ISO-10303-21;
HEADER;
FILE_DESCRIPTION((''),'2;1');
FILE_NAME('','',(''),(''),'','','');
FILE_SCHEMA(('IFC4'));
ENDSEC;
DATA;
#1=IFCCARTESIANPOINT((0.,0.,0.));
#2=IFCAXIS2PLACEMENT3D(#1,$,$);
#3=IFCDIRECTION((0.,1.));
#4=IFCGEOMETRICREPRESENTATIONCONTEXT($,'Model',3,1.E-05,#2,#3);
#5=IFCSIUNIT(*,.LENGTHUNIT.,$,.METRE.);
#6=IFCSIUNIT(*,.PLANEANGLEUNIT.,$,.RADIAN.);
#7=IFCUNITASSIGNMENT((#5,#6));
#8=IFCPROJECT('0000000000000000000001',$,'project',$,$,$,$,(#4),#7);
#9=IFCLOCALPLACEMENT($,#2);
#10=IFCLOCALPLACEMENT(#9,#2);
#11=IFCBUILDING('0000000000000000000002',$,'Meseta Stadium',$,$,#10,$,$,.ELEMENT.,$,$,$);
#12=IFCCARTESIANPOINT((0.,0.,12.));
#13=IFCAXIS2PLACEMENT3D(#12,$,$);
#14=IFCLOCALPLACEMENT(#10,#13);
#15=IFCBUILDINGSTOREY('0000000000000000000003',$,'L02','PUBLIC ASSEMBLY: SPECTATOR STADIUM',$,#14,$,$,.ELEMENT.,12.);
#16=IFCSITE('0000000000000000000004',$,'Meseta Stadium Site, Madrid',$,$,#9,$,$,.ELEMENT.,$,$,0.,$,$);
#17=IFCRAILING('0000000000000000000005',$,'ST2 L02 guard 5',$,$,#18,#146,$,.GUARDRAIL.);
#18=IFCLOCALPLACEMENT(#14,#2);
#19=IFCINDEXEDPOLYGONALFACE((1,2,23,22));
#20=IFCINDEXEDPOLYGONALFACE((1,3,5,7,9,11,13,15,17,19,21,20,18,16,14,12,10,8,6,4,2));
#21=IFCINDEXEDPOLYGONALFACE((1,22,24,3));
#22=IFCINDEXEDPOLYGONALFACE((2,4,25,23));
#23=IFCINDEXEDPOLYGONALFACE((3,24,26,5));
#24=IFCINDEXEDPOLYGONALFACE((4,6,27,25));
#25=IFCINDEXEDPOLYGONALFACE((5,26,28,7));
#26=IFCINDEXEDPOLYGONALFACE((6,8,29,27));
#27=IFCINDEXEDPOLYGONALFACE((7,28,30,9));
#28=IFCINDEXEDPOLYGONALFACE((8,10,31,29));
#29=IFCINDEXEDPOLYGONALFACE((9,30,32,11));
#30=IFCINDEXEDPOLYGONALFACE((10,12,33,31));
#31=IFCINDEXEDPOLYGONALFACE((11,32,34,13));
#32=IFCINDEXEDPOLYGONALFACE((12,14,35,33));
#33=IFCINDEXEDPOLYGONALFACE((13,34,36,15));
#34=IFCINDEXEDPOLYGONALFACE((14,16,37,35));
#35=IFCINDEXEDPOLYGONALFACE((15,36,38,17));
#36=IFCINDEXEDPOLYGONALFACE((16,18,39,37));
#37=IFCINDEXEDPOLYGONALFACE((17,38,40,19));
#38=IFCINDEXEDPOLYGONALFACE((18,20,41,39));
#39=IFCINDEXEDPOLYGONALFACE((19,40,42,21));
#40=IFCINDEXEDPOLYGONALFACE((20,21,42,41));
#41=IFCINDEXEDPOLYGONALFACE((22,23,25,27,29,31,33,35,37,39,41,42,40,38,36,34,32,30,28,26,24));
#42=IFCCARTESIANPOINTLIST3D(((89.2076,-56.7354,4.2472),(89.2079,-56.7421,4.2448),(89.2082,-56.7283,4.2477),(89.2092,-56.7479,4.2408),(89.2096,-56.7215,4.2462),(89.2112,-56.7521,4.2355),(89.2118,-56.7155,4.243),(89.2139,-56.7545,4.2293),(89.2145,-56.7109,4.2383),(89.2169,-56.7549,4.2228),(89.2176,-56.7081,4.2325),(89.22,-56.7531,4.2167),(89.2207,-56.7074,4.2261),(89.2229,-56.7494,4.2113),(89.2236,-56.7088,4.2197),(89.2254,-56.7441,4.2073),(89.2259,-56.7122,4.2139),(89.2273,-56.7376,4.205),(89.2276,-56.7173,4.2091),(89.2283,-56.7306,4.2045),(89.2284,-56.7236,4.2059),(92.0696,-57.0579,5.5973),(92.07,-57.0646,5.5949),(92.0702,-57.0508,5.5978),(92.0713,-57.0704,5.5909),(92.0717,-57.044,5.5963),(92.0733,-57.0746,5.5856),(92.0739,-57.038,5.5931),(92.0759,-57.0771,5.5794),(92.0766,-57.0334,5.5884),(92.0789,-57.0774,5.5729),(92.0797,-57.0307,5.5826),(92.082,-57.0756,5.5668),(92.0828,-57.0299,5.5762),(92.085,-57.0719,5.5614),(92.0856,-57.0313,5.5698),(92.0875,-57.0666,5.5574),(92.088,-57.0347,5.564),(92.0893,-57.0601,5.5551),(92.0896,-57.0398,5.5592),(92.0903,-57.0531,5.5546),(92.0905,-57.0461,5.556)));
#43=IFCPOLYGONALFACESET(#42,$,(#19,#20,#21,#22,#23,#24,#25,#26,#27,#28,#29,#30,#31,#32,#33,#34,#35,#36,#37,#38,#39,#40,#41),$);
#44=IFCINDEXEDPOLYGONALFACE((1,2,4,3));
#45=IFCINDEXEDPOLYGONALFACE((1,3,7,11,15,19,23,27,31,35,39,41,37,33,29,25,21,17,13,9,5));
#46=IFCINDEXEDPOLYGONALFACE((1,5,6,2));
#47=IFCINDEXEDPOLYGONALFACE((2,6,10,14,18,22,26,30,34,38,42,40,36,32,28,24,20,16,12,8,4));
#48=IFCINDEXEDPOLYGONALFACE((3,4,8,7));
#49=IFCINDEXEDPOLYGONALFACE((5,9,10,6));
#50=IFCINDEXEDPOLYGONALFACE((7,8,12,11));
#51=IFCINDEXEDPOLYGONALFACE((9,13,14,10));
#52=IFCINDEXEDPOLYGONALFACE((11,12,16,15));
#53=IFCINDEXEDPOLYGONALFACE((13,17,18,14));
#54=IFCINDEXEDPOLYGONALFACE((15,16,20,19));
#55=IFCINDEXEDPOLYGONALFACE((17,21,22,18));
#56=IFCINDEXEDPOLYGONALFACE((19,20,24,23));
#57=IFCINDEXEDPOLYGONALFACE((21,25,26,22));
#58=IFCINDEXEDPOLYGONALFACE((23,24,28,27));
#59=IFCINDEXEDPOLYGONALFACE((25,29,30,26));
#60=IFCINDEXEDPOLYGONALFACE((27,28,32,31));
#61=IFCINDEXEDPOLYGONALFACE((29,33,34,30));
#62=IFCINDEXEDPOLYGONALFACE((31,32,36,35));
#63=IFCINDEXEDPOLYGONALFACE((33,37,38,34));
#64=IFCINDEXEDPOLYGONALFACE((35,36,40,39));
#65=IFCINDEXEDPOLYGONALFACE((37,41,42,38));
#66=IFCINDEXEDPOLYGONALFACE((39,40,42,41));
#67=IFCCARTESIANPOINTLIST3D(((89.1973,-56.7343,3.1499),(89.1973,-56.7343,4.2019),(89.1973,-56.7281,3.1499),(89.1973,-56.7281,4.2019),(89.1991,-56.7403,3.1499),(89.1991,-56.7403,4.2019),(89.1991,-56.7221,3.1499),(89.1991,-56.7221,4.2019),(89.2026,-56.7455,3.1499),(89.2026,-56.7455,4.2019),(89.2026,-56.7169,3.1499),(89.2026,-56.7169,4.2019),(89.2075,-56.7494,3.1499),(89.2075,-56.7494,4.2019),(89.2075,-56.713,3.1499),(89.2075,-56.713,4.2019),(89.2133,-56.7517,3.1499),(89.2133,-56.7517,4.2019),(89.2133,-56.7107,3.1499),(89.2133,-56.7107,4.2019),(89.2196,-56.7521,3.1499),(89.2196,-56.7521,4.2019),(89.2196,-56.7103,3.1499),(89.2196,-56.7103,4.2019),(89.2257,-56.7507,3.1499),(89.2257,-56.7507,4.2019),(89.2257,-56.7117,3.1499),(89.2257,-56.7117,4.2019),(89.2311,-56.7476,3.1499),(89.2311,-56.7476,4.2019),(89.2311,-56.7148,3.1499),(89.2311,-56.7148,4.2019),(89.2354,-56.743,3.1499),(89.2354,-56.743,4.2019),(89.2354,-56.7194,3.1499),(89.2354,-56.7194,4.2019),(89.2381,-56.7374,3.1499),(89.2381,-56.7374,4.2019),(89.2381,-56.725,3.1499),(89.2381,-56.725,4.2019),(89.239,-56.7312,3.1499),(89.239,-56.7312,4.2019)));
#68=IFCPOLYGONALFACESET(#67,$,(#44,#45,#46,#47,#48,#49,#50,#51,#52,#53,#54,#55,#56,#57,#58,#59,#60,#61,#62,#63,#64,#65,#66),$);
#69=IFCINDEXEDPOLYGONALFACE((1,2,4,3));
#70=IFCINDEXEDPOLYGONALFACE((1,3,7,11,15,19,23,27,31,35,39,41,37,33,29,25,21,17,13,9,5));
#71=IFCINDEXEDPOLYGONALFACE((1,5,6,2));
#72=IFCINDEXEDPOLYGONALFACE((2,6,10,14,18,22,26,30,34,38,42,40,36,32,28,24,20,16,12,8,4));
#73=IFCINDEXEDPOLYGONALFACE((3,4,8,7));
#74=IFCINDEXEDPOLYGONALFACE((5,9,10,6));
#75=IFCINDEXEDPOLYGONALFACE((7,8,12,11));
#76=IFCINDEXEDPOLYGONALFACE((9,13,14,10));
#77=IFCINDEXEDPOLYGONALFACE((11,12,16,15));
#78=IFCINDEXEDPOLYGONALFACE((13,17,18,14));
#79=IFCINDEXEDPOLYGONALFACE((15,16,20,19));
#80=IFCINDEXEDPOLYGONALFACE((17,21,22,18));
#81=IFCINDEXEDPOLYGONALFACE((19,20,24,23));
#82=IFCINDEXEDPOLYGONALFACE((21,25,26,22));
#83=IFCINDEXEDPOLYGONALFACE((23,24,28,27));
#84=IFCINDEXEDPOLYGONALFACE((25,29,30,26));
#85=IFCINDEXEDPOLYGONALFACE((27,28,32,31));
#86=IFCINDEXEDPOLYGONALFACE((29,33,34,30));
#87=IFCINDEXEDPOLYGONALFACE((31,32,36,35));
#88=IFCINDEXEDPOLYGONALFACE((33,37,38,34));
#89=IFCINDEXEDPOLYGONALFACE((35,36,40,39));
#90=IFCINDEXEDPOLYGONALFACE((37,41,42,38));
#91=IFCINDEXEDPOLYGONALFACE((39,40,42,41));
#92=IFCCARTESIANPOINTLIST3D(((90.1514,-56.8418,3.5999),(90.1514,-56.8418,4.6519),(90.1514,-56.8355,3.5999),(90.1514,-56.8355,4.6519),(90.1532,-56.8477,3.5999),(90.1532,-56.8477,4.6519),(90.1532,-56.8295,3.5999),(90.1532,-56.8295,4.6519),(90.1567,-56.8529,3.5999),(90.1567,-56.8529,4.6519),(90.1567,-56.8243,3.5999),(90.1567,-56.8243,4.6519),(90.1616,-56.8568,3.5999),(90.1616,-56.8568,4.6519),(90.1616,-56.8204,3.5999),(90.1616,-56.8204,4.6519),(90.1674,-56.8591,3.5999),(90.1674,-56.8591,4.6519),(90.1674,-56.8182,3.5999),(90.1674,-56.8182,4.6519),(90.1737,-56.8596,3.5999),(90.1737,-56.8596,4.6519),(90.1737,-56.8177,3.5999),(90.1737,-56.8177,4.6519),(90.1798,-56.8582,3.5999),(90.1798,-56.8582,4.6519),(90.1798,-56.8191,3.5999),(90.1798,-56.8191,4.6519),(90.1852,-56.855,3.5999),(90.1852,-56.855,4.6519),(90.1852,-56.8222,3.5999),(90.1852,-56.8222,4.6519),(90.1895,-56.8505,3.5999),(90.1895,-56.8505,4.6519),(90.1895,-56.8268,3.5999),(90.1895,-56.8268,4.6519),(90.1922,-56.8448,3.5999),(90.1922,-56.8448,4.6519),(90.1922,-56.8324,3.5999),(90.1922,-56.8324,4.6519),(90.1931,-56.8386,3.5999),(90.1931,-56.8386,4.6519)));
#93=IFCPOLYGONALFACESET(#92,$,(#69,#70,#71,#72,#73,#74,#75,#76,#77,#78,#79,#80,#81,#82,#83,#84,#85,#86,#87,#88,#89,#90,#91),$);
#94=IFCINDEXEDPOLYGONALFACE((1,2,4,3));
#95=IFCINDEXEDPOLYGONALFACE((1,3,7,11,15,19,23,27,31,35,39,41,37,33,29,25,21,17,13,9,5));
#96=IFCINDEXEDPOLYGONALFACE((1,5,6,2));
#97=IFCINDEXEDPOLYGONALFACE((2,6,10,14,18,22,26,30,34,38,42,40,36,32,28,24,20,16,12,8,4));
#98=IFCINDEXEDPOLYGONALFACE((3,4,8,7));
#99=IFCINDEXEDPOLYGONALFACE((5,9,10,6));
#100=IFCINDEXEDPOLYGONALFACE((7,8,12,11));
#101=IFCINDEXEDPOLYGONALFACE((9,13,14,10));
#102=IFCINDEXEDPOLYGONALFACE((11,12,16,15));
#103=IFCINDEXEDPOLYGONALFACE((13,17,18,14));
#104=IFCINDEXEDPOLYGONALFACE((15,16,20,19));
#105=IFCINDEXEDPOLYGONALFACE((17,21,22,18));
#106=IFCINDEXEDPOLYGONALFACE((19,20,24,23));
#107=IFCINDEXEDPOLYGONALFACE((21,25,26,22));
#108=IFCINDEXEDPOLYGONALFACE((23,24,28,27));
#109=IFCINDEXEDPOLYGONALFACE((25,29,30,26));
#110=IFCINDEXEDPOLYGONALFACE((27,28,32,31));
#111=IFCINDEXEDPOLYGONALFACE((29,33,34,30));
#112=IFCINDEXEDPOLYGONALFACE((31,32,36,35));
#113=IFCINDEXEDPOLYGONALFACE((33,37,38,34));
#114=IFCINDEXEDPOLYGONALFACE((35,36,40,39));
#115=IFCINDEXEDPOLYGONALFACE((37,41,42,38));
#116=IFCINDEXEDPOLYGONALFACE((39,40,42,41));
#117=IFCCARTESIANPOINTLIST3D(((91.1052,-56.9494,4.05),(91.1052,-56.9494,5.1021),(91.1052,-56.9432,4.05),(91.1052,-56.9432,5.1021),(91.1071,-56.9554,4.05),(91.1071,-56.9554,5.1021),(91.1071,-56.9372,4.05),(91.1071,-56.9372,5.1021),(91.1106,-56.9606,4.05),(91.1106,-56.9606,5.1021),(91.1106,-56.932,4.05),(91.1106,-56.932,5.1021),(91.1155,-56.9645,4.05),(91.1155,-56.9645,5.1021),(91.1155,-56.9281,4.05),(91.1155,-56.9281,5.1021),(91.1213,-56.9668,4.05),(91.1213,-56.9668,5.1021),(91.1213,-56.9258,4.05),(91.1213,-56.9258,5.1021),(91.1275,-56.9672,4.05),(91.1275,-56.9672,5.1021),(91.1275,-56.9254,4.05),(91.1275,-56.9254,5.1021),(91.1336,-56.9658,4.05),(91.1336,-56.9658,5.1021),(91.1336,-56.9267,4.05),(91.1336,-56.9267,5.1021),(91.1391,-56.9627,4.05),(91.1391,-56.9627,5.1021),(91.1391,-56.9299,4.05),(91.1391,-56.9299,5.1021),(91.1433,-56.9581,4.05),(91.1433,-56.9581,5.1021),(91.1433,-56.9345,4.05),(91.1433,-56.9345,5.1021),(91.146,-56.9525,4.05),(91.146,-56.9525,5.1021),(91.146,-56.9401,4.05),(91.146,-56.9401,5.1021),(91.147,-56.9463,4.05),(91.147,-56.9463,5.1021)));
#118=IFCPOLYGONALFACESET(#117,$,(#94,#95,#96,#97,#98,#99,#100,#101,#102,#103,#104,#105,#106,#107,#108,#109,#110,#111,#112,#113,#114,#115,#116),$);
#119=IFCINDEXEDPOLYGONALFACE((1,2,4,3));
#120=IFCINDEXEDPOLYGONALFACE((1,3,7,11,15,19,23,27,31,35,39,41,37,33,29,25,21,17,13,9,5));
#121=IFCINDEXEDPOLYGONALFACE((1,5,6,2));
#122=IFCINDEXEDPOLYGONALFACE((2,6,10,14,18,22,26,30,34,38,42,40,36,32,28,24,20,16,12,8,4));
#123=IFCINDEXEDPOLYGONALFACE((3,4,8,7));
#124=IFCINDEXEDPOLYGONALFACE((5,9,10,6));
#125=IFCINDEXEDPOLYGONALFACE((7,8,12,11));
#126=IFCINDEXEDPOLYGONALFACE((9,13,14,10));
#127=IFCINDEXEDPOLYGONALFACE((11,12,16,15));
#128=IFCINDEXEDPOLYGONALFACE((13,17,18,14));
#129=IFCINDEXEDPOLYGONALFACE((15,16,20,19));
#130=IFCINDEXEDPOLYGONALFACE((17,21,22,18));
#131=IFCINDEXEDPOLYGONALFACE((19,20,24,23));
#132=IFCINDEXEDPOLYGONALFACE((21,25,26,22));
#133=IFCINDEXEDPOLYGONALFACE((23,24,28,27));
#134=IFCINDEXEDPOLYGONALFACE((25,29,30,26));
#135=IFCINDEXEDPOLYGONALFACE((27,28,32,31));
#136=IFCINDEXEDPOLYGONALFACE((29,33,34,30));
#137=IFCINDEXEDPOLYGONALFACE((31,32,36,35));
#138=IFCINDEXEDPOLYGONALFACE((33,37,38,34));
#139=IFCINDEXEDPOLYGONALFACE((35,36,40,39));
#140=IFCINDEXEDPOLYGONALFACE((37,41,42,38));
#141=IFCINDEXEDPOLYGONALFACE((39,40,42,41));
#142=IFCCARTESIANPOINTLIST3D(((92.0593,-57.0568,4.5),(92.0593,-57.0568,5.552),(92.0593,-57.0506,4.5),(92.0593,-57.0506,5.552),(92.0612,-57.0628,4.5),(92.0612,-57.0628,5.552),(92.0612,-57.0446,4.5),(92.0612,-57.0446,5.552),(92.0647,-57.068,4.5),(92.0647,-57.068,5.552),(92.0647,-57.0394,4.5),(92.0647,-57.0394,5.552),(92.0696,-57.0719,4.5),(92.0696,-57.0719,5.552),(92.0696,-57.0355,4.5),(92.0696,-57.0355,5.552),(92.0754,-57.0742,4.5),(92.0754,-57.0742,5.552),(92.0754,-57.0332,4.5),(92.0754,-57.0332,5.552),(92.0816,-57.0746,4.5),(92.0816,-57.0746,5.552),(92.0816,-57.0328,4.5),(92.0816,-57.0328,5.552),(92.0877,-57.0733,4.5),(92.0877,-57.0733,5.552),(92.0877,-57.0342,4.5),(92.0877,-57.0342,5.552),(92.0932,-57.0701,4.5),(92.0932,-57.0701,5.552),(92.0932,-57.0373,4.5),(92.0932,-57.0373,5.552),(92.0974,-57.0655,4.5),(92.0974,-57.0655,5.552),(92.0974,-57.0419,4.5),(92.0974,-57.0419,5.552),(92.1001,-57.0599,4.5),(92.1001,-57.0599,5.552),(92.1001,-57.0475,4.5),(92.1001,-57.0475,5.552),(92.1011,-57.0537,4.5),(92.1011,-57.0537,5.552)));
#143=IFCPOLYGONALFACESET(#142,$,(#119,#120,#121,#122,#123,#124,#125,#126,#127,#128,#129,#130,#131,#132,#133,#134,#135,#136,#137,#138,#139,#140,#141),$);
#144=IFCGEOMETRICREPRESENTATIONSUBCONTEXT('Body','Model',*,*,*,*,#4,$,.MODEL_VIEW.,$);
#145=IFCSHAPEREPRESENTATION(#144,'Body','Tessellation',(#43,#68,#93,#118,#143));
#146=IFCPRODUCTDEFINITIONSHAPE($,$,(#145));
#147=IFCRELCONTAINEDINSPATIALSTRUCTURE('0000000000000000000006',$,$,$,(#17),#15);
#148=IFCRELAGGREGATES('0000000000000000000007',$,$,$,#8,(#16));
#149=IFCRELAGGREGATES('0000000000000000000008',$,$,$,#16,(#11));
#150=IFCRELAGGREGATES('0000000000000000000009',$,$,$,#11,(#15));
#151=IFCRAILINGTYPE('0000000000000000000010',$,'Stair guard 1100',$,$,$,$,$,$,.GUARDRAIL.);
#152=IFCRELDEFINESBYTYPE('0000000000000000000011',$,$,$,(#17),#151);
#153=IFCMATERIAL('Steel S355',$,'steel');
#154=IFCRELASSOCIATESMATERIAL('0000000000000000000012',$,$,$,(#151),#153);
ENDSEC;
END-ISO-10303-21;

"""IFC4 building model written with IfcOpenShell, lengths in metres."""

from ifc_helpers import new_model, si_unit, direction, frame, origin, origin_2d, place, context, subcontext, project, spatial, circle, extrude, material, type_object, element, save


model = new_model("IFC4")

# Units and contexts
model_context = context("Model", 3, precision=1e-05, world=origin(), true_north=direction((0.0, 1.0)))
body_context = subcontext(model_context, "Body", "Model", "MODEL_VIEW")
ifc_project = project(units=[si_unit("LENGTHUNIT", "METRE"), si_unit("PLANEANGLEUNIT", "RADIAN")], contexts=[model_context])

# Site, building, storey
site_placement = place(None, origin())
site = spatial("IfcSite", under=ifc_project, at=site_placement, Name="Meseta Stadium Site, Madrid", CompositionType="ELEMENT", RefElevation=0.0)
building_placement = place(site_placement, origin())
building = spatial("IfcBuilding", under=site, at=building_placement, Name="Meseta Stadium", CompositionType="ELEMENT")
storey_placement = place(building_placement, frame((0.0, 0.0, 12.0)))
storey = spatial("IfcBuildingStorey", under=building, at=storey_placement, Name="L02", Description="PUBLIC ASSEMBLY: SPECTATOR STADIUM", CompositionType="ELEMENT", Elevation=12.0)

# Railing
ifc_material_1 = material(Name="Steel S355", Category="steel")
railing_type_1 = type_object("IfcRailingType", Name="Stair guard 1100", PredefinedType="GUARDRAIL", material=ifc_material_1)
railing_1_placement = place(storey_placement, frame((89.218, -56.7312, 3.1499)))
element("IfcRailing", 1, at=railing_1_placement, inside=storey, type_object=railing_type_1, Name="ST2 L02 guard 5", PredefinedType="GUARDRAIL", context=body_context, shape_type="SweptSolid", body=[
    extrude(circle(Radius=0.0239, at=origin_2d()), frame((0.0, 0.0, 1.0762), z_axis=(0.899763, -0.101389, 0.424438), x_axis=(0.111976, 0.993711, 0.0)), (0.0, 0.0, 1.0), 3.1809),
    extrude(circle(Radius=0.021, at=origin_2d()), origin(), (0.0, 0.0, 1.0), 1.052),
    extrude(circle(Radius=0.021, at=origin_2d()), frame((0.9541, -0.1074, 0.45)), (0.0, 0.0, 1.0), 1.052),
    extrude(circle(Radius=0.021, at=origin_2d()), frame((1.908, -0.2151, 0.9001)), (0.0, 0.0, 1.0), 1.052),
    extrude(circle(Radius=0.021, at=origin_2d()), frame((2.8621, -0.3225, 1.3501)), (0.0, 0.0, 1.0), 1.052),
])

save(model, "model.ifc")
